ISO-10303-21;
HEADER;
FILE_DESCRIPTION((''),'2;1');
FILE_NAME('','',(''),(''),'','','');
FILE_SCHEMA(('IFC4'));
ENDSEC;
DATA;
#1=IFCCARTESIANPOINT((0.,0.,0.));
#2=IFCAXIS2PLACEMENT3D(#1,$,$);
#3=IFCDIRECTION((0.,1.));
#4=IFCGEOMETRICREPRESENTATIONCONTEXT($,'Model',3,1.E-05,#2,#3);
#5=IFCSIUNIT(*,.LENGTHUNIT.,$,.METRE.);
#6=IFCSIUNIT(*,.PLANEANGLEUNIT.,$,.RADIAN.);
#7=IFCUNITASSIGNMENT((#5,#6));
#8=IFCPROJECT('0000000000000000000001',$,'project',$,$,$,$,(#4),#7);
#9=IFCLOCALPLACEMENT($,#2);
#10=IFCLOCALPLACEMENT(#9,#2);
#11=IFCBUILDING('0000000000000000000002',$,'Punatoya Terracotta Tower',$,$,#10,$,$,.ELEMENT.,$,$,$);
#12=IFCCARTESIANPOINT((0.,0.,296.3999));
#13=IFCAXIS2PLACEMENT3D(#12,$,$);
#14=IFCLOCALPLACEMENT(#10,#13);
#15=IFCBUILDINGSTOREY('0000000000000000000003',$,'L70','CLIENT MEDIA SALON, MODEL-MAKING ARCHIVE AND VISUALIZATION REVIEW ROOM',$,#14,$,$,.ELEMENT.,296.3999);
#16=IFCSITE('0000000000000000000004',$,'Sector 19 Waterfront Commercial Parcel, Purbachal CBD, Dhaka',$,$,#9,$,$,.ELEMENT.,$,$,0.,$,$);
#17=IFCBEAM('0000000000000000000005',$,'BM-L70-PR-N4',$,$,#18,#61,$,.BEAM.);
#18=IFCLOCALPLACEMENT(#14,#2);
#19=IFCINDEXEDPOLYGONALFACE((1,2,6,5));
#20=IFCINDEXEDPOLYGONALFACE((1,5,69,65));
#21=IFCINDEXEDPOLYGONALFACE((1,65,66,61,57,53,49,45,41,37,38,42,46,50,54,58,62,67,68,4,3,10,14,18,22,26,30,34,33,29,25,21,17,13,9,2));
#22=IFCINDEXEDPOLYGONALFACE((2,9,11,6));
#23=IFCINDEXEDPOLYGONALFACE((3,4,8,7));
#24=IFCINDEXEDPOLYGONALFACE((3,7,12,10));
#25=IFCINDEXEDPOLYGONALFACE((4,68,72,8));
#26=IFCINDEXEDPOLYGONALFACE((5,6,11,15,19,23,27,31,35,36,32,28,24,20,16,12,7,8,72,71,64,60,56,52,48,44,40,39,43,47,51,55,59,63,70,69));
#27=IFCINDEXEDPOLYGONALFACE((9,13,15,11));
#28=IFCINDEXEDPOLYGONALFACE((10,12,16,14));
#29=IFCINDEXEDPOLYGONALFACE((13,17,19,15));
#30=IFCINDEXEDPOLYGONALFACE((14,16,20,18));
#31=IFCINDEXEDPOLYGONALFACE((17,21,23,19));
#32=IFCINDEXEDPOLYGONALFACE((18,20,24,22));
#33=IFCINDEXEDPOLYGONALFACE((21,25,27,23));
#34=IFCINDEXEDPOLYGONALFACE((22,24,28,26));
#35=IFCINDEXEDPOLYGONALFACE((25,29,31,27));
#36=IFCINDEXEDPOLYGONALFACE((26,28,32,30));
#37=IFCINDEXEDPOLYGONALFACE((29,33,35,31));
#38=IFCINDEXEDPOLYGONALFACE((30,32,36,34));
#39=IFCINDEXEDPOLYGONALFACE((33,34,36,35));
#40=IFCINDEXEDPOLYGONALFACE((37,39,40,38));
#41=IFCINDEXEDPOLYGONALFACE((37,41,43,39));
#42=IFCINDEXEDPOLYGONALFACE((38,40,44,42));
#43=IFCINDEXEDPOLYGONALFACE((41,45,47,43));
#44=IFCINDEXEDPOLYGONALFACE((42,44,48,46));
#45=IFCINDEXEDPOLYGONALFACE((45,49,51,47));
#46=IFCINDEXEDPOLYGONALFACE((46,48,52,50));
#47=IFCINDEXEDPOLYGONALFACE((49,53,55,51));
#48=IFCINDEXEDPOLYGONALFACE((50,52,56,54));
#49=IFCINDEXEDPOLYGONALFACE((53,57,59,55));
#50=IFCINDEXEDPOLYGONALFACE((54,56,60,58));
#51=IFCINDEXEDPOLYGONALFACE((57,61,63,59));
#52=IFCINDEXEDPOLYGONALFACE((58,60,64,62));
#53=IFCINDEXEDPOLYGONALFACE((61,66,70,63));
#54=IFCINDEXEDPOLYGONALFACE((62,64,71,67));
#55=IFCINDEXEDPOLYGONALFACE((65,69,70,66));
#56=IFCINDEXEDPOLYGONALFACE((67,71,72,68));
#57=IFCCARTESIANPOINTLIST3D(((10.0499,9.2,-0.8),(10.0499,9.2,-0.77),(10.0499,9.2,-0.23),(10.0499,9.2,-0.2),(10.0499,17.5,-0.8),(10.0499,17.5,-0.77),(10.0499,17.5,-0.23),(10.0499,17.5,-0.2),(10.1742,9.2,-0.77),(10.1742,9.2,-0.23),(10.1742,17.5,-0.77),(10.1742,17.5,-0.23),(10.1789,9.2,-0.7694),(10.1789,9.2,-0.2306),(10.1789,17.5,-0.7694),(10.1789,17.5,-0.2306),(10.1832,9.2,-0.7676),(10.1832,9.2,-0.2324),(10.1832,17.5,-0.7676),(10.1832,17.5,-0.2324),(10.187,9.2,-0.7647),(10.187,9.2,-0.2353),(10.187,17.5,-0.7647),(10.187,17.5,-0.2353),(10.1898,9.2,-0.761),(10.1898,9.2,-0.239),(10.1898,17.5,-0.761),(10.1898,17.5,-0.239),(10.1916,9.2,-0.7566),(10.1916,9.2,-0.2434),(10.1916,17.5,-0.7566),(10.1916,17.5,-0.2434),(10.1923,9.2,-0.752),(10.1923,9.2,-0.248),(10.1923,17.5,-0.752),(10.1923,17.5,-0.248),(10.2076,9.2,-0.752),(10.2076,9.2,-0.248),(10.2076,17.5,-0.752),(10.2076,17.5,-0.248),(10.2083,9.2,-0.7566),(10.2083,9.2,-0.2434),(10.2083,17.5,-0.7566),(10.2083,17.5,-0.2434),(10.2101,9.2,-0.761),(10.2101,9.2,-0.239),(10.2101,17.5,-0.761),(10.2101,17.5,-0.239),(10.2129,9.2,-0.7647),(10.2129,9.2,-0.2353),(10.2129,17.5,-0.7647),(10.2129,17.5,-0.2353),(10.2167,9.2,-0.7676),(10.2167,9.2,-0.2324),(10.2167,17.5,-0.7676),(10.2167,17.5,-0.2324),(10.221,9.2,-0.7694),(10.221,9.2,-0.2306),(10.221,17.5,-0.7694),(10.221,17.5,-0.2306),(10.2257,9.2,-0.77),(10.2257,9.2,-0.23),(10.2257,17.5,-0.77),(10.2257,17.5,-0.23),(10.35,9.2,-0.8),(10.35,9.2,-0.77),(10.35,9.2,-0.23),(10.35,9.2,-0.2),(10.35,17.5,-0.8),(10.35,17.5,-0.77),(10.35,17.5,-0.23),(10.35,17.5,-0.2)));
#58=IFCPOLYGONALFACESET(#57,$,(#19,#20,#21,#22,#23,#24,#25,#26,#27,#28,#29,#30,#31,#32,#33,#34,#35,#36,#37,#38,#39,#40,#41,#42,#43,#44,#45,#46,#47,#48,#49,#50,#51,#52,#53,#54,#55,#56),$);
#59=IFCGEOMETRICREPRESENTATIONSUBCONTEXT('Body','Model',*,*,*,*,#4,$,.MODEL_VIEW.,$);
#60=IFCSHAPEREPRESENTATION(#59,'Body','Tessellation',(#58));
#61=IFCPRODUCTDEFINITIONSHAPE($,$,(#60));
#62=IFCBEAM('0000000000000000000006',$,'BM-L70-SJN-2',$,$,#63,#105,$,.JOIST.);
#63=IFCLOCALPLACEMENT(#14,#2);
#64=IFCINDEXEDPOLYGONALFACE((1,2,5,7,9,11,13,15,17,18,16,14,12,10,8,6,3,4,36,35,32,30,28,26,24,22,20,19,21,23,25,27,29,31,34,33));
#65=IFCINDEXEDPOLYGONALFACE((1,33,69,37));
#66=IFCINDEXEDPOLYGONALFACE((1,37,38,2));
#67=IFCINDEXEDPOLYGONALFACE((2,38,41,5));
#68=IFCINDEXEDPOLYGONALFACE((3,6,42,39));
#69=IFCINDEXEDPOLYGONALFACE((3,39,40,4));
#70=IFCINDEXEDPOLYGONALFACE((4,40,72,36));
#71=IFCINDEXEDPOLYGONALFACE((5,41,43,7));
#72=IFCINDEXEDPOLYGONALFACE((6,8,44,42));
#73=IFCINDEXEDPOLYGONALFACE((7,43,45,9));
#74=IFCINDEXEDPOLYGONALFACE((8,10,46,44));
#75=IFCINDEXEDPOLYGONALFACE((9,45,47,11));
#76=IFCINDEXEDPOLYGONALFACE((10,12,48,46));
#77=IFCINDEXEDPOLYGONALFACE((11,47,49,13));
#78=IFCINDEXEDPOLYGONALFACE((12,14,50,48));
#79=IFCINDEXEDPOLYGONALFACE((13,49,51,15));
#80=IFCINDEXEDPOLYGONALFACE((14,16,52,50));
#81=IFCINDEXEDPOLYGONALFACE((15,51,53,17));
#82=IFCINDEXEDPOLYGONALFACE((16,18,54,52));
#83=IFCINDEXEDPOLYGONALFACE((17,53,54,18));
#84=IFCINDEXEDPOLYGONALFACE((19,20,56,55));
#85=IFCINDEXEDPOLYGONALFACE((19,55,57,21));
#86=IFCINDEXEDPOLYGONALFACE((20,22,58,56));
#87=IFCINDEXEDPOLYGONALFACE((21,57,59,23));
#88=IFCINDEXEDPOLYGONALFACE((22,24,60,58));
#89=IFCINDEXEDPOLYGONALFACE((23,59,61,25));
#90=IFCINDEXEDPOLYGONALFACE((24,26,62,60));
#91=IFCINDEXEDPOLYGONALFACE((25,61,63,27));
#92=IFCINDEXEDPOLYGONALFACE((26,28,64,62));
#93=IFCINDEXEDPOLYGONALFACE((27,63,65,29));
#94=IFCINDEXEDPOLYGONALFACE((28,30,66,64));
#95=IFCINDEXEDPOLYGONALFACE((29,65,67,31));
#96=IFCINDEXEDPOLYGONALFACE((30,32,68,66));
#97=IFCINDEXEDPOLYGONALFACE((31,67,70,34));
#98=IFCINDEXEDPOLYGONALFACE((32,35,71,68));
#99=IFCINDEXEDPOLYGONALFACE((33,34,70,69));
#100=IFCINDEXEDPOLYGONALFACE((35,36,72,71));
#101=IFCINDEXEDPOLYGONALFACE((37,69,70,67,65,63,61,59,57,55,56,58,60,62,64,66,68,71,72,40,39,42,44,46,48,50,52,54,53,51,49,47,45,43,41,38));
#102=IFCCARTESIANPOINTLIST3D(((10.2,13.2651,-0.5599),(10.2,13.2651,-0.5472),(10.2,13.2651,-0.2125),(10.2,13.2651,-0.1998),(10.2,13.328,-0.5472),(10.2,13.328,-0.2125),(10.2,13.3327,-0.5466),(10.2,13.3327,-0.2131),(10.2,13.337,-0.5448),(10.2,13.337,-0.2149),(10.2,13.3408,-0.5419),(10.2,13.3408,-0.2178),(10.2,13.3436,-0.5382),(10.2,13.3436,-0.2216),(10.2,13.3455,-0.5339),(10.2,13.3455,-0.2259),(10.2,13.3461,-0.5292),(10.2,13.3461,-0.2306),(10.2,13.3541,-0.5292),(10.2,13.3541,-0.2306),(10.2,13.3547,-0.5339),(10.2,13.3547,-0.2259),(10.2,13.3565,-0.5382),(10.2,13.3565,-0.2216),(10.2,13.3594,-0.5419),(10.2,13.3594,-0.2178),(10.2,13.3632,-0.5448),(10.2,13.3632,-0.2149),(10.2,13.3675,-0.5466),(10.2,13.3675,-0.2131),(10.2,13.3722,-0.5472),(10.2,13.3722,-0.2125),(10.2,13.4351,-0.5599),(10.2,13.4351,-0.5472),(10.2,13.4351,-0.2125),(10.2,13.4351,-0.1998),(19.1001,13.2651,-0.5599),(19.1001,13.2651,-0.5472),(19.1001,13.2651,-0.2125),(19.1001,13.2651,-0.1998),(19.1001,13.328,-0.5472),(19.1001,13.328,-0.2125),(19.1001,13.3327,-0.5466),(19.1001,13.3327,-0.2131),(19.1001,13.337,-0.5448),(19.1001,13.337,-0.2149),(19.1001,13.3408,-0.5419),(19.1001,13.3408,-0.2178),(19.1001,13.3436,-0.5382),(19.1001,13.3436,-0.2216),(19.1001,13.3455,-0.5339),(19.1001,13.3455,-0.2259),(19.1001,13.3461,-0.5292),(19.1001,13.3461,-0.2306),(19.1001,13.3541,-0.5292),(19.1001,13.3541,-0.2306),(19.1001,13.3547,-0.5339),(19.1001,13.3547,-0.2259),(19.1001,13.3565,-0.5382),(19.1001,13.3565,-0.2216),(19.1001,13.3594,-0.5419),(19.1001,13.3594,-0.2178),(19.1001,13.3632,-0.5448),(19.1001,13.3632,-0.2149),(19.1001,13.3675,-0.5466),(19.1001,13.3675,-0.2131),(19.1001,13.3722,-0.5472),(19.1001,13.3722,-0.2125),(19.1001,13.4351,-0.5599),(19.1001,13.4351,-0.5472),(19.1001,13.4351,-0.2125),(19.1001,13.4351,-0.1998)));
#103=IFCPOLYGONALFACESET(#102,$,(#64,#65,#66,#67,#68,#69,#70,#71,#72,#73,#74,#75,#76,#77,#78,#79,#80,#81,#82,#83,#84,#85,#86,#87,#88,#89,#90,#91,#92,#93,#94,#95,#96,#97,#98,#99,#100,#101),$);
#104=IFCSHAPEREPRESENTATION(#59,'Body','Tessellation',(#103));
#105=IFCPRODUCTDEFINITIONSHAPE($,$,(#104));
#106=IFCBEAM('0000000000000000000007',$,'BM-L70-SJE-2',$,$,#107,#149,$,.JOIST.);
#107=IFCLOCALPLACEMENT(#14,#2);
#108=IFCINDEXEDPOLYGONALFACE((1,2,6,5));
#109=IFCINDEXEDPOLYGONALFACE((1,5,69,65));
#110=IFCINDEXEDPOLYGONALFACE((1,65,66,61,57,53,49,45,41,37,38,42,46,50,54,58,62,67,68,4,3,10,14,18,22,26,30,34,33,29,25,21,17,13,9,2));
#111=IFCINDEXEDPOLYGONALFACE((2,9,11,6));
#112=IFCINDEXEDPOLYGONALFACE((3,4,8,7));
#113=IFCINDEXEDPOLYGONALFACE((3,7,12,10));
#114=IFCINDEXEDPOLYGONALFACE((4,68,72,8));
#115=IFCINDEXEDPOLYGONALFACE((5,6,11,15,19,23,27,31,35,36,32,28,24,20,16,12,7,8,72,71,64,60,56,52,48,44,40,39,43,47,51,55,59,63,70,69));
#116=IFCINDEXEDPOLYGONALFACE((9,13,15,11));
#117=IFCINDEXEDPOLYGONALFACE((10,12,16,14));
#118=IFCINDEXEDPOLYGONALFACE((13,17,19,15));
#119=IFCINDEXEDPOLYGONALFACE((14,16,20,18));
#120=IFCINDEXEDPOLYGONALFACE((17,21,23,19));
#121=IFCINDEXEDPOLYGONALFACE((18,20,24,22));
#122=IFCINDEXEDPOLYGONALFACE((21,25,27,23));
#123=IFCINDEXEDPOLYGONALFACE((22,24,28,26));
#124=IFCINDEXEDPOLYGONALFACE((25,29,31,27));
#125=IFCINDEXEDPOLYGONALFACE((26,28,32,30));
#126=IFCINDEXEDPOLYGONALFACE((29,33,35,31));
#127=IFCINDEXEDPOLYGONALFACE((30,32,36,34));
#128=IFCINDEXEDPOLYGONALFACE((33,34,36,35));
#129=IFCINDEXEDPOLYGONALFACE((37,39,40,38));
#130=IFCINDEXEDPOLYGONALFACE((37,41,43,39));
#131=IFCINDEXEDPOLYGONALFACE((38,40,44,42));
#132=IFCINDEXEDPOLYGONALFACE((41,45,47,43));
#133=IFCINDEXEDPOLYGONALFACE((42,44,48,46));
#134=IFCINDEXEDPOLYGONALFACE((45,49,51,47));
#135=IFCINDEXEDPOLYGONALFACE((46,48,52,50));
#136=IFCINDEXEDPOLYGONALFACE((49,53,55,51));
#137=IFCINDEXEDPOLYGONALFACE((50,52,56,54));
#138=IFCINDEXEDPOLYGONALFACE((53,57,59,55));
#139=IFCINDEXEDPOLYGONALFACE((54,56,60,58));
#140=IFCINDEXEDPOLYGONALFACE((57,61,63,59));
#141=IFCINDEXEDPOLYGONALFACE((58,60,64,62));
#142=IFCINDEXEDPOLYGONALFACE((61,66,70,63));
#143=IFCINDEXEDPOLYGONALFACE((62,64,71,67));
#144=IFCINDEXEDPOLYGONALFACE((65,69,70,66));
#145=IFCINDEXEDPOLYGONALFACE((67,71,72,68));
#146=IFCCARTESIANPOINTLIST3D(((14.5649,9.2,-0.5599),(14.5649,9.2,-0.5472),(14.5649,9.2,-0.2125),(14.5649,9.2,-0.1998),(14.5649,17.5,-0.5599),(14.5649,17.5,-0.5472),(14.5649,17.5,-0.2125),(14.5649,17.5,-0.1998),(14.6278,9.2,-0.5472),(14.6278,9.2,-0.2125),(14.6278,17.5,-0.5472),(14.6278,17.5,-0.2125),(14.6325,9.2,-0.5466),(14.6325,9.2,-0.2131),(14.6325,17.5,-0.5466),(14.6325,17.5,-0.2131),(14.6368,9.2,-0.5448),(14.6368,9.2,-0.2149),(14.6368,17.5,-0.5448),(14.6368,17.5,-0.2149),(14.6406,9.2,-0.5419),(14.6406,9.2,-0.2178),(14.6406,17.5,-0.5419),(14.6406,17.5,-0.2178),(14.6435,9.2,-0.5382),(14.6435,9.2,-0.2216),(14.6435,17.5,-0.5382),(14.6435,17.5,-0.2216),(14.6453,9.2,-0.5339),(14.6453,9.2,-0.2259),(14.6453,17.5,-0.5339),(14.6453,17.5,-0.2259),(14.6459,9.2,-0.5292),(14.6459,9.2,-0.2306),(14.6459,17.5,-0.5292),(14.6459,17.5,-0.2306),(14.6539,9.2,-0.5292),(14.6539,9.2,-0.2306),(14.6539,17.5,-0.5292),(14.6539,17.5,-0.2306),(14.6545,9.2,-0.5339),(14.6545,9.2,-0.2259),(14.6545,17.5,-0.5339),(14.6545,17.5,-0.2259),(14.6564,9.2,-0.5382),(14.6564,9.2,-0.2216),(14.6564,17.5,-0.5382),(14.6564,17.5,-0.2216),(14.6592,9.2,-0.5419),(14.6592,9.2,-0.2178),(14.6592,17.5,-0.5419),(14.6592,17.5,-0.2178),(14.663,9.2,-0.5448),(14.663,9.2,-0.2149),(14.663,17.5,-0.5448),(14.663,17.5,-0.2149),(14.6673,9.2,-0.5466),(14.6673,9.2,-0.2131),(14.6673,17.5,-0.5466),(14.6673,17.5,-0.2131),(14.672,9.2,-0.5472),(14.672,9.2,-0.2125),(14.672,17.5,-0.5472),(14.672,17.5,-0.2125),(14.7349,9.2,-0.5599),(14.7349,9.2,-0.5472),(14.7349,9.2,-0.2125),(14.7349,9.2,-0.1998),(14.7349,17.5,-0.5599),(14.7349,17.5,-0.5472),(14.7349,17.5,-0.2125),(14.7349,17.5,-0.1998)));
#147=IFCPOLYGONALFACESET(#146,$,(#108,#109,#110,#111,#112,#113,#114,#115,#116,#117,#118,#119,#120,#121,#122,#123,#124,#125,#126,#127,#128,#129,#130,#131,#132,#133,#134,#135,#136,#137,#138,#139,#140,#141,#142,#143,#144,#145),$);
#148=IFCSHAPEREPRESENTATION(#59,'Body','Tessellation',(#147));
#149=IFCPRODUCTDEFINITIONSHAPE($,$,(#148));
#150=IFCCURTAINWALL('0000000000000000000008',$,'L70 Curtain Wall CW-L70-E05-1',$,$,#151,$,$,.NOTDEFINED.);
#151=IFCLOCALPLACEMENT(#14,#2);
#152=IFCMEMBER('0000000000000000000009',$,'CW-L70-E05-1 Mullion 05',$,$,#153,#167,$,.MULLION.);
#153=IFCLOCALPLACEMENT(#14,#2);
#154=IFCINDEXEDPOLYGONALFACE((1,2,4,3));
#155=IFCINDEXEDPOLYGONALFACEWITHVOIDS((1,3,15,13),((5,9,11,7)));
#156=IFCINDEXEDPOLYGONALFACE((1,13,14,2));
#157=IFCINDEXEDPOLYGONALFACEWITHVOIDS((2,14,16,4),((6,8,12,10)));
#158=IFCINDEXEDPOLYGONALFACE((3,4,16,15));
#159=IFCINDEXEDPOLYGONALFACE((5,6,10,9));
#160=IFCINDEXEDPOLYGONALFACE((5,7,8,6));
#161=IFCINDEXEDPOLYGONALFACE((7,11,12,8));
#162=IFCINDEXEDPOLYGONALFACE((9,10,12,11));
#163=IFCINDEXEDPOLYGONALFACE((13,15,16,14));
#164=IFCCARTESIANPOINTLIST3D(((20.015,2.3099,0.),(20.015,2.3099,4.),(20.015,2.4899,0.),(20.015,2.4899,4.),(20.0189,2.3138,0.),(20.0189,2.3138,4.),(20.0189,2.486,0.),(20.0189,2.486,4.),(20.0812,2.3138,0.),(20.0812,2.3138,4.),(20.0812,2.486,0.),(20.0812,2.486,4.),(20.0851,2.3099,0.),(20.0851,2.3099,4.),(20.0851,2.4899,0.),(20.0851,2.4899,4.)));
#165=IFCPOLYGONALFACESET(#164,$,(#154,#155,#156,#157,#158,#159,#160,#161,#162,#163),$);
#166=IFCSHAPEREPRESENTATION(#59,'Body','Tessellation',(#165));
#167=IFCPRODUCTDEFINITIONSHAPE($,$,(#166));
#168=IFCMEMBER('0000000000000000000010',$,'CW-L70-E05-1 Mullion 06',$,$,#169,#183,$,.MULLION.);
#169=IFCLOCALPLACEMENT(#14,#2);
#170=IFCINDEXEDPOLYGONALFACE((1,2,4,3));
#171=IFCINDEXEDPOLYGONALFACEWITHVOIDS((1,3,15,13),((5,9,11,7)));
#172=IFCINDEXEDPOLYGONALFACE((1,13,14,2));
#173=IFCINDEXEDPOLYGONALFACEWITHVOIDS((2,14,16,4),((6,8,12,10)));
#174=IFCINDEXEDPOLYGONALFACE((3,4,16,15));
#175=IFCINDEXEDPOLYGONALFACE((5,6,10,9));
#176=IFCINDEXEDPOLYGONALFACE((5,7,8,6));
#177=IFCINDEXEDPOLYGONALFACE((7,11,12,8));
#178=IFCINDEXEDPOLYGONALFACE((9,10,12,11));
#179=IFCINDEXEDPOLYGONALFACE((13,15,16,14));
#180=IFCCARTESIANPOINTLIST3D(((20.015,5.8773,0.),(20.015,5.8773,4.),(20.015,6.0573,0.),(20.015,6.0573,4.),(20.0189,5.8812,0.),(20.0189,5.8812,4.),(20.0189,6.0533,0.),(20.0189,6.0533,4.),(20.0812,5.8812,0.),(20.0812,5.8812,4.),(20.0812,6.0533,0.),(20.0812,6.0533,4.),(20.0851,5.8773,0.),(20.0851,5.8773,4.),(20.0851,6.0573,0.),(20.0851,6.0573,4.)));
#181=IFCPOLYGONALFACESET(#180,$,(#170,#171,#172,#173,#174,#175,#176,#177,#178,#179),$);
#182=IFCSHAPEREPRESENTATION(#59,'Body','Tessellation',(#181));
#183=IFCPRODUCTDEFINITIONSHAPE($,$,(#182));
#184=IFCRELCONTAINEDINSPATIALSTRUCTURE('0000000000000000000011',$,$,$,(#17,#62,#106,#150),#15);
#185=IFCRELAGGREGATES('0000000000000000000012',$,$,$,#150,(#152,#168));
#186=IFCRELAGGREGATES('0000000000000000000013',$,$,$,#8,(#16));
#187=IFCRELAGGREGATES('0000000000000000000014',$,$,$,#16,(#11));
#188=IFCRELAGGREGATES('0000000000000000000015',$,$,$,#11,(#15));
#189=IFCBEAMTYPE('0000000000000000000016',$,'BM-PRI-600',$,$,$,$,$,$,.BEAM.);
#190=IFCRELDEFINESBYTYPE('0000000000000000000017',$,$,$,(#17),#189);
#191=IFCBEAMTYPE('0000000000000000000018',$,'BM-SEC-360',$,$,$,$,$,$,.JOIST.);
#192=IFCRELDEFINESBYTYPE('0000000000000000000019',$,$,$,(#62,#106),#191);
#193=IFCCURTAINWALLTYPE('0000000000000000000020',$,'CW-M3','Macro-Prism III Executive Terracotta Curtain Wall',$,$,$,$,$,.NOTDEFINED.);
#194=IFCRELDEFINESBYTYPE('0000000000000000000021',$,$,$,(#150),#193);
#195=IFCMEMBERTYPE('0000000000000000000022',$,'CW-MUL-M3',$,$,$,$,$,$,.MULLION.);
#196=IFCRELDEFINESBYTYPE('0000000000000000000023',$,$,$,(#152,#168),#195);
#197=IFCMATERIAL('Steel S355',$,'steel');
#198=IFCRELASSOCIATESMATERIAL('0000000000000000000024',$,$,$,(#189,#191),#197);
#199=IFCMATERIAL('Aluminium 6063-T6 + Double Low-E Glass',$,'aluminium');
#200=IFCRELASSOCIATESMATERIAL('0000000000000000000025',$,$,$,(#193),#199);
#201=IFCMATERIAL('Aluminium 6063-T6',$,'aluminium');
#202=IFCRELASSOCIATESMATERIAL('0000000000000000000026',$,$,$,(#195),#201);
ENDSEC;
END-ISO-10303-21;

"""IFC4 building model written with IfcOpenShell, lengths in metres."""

from ifc_helpers import new_model, si_unit, direction, frame, origin, origin_2d, place, context, subcontext, project, spatial, hollow_rectangle, i_section, extrude, material, material_profile, profile_set, type_object, element, aggregate, save


model = new_model("IFC4")

# Units and contexts
model_context = context("Model", 3, precision=1e-05, world=origin(), true_north=direction((0.0, 1.0)))
body_context = subcontext(model_context, "Body", "Model", "MODEL_VIEW")
ifc_project = project(units=[si_unit("LENGTHUNIT", "METRE"), si_unit("PLANEANGLEUNIT", "RADIAN")], contexts=[model_context])

# Site, building, storey
site_placement = place(None, origin())
site = spatial("IfcSite", under=ifc_project, at=site_placement, Name="Sector 19 Waterfront Commercial Parcel, Purbachal CBD, Dhaka", CompositionType="ELEMENT", RefElevation=0.0)
building_placement = place(site_placement, origin())
building = spatial("IfcBuilding", under=site, at=building_placement, Name="Punatoya Terracotta Tower", CompositionType="ELEMENT")
storey_placement = place(building_placement, frame((0.0, 0.0, 296.3999)))
storey = spatial("IfcBuildingStorey", under=building, at=storey_placement, Name="L70", Description="CLIENT MEDIA SALON, MODEL-MAKING ARCHIVE AND VISUALIZATION REVIEW ROOM", CompositionType="ELEMENT", Elevation=296.3999)

# Beams
ifc_material_1 = material(Name="Steel S355", Category="steel")
ifc_material_profile_1 = material_profile(ifc_material_1, i_section(OverallWidth=0.3, OverallDepth=0.6001, WebThickness=0.0154, FlangeThickness=0.03, FilletRadius=0.0181, at=origin_2d()))
ifc_profile_set_1 = profile_set([ifc_material_profile_1], Name="Steel S355")
beam_type_1 = type_object("IfcBeamType", Name="BM-PRI-600", PredefinedType="BEAM", material=ifc_profile_set_1)
beam_1_placement = place(storey_placement, frame((10.2, 9.2, -0.5), z_axis=(0.0, 1.0, 0.0), x_axis=(-1.0, 0.0, 0.0)))
element("IfcBeam", 1, at=beam_1_placement, inside=storey, type_object=beam_type_1, Name="BM-L70-PR-N4", PredefinedType="BEAM", context=body_context, shape_type="SweptSolid", body=[
    extrude(i_section(OverallWidth=0.3, OverallDepth=0.6001, WebThickness=0.0154, FlangeThickness=0.03, FilletRadius=0.0181, at=origin_2d()), origin(), (0.0, 0.0, 1.0), 8.3),
])
ifc_material_profile_2 = material_profile(ifc_material_1, i_section(OverallWidth=0.1699, OverallDepth=0.3601, WebThickness=0.0081, FlangeThickness=0.0127, FilletRadius=0.0181, at=origin_2d()))
ifc_profile_set_2 = profile_set([ifc_material_profile_2], Name="Steel S355")
beam_type_2 = type_object("IfcBeamType", Name="BM-SEC-360", PredefinedType="JOIST", material=ifc_profile_set_2)
beam_2_placement = place(storey_placement, frame((10.2, 13.3501, -0.3799), z_axis=(1.0, 0.0, 0.0), x_axis=(0.0, 1.0, 0.0)))
element("IfcBeam", 2, at=beam_2_placement, inside=storey, type_object=beam_type_2, Name="BM-L70-SJN-2", PredefinedType="JOIST", context=body_context, shape_type="SweptSolid", body=[
    extrude(i_section(OverallWidth=0.1699, OverallDepth=0.3601, WebThickness=0.0081, FlangeThickness=0.0127, FilletRadius=0.0181, at=origin_2d()), origin(), (0.0, 0.0, 1.0), 8.9001),
])
beam_3_placement = place(storey_placement, frame((14.6499, 9.2, -0.3799), z_axis=(0.0, 1.0, 0.0), x_axis=(-1.0, 0.0, 0.0)))
element("IfcBeam", 3, at=beam_3_placement, inside=storey, type_object=beam_type_2, Name="BM-L70-SJE-2", PredefinedType="JOIST", context=body_context, shape_type="SweptSolid", body=[
    extrude(i_section(OverallWidth=0.1699, OverallDepth=0.3601, WebThickness=0.0081, FlangeThickness=0.0127, FilletRadius=0.0181, at=origin_2d()), origin(), (0.0, 0.0, 1.0), 8.3),
])

# Curtain wall, members
ifc_material_2 = material(Name="Aluminium 6063-T6 + Double Low-E Glass", Category="aluminium")
curtain_wall_type = type_object("IfcCurtainWallType", Name="CW-M3", Description="Macro-Prism III Executive Terracotta Curtain Wall", PredefinedType="NOTDEFINED", material=ifc_material_2)
curtain_wall_placement = place(storey_placement, origin())
curtain_wall = element("IfcCurtainWall", 4, at=curtain_wall_placement, inside=storey, type_object=curtain_wall_type, Name="L70 Curtain Wall CW-L70-E05-1", PredefinedType="NOTDEFINED")
ifc_material_3 = material(Name="Aluminium 6063-T6", Category="aluminium")
ifc_material_profile_3 = material_profile(ifc_material_3, hollow_rectangle(XDim=0.0701, YDim=0.1799, WallThickness=0.0039, at=origin_2d()))
ifc_profile_set_3 = profile_set([ifc_material_profile_3], Name="Aluminium 6063-T6")
member_type = type_object("IfcMemberType", Name="CW-MUL-M3", PredefinedType="MULLION", material=ifc_profile_set_3)
member_1_placement = place(storey_placement, frame((20.05, 2.3999, 0.0), z_axis=(0.0, 0.0, 1.0), x_axis=(1.0, 0.0, 0.0)))
member_1 = element("IfcMember", 5, at=member_1_placement, type_object=member_type, Name="CW-L70-E05-1 Mullion 05", PredefinedType="MULLION", context=body_context, shape_type="SweptSolid", body=[
    extrude(hollow_rectangle(XDim=0.0701, YDim=0.1799, WallThickness=0.0039, at=origin_2d()), origin(), (0.0, 0.0, 1.0), 4.0),
])
member_2_placement = place(storey_placement, frame((20.05, 5.9673, 0.0), z_axis=(0.0, 0.0, 1.0), x_axis=(1.0, 0.0, 0.0)))
member_2 = element("IfcMember", 6, at=member_2_placement, type_object=member_type, Name="CW-L70-E05-1 Mullion 06", PredefinedType="MULLION", context=body_context, shape_type="SweptSolid", body=[
    extrude(hollow_rectangle(XDim=0.0701, YDim=0.1799, WallThickness=0.0039, at=origin_2d()), origin(), (0.0, 0.0, 1.0), 4.0),
])
aggregate(curtain_wall, [member_1, member_2])

save(model, "model.ifc")
